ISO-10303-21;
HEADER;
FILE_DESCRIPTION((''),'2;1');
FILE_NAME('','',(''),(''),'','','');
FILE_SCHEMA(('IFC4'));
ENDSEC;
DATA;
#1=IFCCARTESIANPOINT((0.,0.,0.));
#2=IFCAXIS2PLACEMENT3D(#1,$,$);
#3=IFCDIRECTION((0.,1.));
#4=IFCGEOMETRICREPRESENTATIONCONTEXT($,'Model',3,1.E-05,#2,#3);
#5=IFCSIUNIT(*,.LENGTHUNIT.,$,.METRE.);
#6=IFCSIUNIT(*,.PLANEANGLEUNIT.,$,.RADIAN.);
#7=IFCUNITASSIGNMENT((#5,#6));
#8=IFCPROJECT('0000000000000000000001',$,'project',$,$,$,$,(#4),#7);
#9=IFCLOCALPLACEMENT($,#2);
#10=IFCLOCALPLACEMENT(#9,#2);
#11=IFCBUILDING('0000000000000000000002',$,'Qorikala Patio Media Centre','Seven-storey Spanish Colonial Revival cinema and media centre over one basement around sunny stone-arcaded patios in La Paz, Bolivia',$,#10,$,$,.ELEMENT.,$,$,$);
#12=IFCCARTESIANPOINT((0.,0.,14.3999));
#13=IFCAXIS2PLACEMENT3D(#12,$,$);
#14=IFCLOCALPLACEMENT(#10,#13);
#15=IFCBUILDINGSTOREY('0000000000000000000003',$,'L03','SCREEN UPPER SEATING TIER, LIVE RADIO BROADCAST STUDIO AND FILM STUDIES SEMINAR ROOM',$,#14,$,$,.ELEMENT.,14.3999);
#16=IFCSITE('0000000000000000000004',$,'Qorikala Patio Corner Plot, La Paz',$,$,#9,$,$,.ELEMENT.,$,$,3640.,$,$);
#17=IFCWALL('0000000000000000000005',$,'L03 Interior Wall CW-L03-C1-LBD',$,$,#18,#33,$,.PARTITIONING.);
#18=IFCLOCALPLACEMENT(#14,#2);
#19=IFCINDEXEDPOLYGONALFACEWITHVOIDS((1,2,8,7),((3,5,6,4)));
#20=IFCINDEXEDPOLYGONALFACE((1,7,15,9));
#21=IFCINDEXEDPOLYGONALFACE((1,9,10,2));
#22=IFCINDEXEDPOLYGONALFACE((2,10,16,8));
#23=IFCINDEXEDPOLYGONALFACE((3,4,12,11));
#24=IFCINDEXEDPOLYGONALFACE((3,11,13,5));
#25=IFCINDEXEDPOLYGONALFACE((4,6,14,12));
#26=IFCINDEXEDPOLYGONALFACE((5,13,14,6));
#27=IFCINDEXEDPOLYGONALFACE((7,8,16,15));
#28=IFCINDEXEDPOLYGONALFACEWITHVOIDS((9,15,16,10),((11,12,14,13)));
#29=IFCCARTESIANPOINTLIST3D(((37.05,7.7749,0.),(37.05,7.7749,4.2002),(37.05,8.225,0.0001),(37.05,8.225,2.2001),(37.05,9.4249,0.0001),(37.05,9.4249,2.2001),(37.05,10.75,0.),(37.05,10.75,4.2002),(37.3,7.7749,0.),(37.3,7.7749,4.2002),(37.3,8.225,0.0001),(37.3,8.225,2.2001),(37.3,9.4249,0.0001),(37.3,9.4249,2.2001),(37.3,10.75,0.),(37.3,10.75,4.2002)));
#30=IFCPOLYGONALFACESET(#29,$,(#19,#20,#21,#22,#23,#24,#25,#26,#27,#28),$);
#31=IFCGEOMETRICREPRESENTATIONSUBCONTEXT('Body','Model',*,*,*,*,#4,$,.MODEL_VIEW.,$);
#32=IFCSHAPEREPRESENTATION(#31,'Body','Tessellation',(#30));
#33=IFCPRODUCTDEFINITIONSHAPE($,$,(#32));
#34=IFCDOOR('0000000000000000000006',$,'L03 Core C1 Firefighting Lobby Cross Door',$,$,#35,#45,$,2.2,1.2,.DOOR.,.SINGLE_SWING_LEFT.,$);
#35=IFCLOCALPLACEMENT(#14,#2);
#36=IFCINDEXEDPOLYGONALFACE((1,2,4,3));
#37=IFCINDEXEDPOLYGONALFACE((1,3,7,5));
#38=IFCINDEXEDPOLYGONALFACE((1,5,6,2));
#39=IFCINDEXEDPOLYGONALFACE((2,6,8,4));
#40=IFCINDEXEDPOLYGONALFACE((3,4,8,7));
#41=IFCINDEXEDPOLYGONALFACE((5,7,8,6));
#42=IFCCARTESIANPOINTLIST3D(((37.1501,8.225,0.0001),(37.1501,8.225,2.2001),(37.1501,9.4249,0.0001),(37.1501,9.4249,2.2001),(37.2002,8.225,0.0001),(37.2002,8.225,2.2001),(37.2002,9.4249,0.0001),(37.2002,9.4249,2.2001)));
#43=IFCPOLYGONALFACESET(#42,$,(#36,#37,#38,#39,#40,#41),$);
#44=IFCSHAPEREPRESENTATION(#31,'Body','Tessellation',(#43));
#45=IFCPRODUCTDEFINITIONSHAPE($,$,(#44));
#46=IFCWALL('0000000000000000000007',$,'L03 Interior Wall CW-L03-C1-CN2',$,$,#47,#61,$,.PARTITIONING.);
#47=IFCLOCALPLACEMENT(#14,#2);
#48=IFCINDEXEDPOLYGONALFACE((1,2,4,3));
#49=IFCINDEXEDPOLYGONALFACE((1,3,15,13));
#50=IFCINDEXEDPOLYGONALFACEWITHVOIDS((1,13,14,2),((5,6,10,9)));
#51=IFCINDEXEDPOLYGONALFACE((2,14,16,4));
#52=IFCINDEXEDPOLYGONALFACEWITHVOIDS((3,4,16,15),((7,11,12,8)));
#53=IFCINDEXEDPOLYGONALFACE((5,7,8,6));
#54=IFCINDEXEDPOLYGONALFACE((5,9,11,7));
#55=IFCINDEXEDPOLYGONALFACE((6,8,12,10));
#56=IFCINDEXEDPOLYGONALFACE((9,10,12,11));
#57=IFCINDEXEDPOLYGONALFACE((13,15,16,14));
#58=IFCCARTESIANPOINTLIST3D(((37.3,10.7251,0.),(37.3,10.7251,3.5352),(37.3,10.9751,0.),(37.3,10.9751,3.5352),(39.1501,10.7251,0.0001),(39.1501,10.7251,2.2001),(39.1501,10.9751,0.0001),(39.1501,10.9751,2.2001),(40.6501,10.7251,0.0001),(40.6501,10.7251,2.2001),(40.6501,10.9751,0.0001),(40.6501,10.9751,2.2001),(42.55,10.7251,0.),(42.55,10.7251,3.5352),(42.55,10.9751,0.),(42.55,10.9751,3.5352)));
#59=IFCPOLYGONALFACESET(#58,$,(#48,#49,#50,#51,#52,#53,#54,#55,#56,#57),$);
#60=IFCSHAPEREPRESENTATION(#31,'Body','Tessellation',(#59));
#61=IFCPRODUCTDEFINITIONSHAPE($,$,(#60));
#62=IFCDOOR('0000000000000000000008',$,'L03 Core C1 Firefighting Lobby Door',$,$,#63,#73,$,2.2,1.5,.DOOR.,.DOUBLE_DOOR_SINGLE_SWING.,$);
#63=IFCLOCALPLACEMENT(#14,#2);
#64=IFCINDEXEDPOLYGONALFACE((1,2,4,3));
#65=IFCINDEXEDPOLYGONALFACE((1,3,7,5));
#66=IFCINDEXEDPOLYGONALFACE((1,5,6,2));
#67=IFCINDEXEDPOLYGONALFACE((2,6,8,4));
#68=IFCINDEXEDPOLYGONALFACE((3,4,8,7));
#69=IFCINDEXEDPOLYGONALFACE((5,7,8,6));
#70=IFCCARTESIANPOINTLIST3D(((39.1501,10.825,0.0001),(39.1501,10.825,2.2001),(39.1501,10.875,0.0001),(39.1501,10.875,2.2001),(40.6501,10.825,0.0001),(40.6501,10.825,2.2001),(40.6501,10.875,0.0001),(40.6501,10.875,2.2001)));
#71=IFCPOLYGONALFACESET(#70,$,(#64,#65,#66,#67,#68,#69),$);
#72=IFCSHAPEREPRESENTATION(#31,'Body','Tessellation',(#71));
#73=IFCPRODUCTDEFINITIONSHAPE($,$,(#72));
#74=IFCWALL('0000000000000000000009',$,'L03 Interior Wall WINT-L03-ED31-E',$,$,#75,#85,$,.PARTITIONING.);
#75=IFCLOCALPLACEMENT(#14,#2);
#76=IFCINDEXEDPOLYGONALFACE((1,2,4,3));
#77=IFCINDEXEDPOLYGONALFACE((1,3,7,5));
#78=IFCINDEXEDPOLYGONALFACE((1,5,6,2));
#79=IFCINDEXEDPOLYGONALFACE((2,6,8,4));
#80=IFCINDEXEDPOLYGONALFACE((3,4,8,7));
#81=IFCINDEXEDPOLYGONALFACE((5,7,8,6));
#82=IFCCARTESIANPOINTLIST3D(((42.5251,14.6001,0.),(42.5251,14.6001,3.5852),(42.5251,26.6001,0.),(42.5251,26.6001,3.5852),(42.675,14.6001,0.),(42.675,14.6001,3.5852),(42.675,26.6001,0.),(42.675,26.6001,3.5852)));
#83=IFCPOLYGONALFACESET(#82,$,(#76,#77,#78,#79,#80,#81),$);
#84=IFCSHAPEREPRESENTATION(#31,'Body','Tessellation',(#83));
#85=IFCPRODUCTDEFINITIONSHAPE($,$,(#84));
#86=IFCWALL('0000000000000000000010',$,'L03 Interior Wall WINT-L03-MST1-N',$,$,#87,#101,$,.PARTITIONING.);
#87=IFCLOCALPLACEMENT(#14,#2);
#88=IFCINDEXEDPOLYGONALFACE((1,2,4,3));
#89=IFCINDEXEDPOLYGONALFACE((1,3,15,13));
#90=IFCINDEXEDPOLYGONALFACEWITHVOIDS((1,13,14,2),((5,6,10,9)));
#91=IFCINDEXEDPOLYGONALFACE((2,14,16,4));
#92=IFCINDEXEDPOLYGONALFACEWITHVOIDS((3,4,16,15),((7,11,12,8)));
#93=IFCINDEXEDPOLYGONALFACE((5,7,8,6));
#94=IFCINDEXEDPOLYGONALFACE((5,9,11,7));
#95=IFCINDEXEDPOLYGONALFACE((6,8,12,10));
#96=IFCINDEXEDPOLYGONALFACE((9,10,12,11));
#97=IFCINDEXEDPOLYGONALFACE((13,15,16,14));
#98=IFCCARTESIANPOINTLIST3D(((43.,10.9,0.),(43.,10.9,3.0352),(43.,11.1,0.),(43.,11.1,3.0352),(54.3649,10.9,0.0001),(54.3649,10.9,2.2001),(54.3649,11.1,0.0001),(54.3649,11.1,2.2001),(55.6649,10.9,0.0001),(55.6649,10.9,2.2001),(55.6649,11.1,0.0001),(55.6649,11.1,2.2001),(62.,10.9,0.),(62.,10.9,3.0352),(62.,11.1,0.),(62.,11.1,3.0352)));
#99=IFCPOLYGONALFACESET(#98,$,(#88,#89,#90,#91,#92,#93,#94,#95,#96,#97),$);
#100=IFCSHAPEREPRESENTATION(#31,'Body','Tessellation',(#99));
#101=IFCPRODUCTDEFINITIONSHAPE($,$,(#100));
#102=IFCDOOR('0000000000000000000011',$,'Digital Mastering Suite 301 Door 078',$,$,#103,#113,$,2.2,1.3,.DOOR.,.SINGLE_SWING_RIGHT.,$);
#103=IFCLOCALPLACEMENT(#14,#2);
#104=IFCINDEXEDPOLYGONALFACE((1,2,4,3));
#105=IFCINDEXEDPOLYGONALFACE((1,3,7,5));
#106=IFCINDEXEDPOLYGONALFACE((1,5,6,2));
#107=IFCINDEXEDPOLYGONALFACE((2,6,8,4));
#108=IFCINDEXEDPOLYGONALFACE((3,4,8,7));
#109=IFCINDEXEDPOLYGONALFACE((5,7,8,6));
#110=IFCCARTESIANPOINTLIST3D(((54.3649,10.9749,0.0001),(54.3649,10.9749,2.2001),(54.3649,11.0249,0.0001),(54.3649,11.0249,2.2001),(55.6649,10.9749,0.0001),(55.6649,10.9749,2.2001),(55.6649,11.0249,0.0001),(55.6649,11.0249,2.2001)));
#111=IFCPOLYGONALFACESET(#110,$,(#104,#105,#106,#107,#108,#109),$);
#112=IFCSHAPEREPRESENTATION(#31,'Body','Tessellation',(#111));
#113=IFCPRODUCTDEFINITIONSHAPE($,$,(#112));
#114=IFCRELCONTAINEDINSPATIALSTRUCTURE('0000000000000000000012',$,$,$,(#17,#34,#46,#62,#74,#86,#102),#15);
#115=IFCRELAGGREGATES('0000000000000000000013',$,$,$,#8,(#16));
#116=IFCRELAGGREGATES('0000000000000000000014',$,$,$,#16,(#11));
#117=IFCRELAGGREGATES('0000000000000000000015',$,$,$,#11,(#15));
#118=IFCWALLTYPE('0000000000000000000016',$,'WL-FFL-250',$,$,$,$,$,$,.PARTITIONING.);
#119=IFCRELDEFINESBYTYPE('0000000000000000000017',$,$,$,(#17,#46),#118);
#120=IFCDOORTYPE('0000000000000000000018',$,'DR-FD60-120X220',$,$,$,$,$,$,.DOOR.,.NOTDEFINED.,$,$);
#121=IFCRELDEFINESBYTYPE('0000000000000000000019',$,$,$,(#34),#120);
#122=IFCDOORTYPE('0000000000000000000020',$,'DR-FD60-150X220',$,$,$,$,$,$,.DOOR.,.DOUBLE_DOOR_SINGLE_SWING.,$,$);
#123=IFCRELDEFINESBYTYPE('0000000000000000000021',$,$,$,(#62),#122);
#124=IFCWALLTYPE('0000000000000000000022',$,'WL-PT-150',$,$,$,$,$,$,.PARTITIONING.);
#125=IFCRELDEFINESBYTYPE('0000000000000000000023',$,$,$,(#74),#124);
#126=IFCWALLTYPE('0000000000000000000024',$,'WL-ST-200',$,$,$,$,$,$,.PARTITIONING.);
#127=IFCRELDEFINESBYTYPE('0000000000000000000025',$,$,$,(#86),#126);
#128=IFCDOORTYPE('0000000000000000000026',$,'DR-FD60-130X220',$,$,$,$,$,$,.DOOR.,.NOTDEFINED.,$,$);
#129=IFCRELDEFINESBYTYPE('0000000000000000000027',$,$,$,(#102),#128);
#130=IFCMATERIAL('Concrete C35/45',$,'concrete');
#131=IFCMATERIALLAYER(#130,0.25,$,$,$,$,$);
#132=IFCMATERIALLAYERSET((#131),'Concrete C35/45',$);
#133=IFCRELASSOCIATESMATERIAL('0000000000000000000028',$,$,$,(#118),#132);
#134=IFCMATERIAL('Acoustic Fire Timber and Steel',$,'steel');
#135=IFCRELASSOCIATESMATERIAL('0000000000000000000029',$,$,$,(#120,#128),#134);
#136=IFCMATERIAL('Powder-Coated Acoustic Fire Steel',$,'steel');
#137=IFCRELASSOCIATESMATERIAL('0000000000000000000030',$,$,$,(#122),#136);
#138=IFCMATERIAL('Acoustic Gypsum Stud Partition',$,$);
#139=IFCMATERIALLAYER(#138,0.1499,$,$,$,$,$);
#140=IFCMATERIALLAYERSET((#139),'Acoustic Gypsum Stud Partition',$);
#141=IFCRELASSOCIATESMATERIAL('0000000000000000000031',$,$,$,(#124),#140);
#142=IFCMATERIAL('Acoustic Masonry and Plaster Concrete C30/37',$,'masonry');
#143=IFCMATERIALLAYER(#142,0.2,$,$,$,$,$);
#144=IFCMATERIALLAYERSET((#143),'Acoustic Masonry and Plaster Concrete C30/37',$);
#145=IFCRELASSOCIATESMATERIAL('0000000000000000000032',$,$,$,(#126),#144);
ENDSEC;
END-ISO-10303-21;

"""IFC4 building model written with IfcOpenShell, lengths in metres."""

from ifc_helpers import new_model, si_unit, direction, frame, frame_2d, origin, place, context, subcontext, project, spatial, rectangle, extrude, material, layer, layer_set, type_object, element, fill, save


model = new_model("IFC4")

# Units and contexts
model_context = context("Model", 3, precision=1e-05, world=origin(), true_north=direction((0.0, 1.0)))
body_context = subcontext(model_context, "Body", "Model", "MODEL_VIEW")
ifc_project = project(units=[si_unit("LENGTHUNIT", "METRE"), si_unit("PLANEANGLEUNIT", "RADIAN")], contexts=[model_context])

# Site, building, storey
site_placement = place(None, origin())
site = spatial("IfcSite", under=ifc_project, at=site_placement, Name="Qorikala Patio Corner Plot, La Paz", CompositionType="ELEMENT", RefElevation=3640.0)
building_placement = place(site_placement, origin())
building = spatial("IfcBuilding", under=site, at=building_placement, Name="Qorikala Patio Media Centre", Description="Seven-storey Spanish Colonial Revival cinema and media centre over one basement around sunny stone-arcaded patios in La Paz, Bolivia", CompositionType="ELEMENT")
storey_placement = place(building_placement, frame((0.0, 0.0, 14.3999)))
storey = spatial("IfcBuildingStorey", under=building, at=storey_placement, Name="L03", Description="SCREEN UPPER SEATING TIER, LIVE RADIO BROADCAST STUDIO AND FILM STUDIES SEMINAR ROOM", CompositionType="ELEMENT", Elevation=14.3999)

# Shared definitions
ifc_material_1 = material(Name="Concrete C35/45", Category="concrete")

# Walls, openings, doors
ifc_layer_1 = layer(ifc_material_1, 0.25)
ifc_layer_set_1 = layer_set([ifc_layer_1], Name="Concrete C35/45")
wall_type_1 = type_object("IfcWallType", Name="WL-FFL-250", PredefinedType="PARTITIONING", material=ifc_layer_set_1)
wall_1_placement = place(storey_placement, frame((37.175, 7.7749, 0.0), z_axis=(0.0, 0.0, 1.0), x_axis=(0.0, 1.0, 0.0)))
wall_1 = element("IfcWall", 1, at=wall_1_placement, inside=storey, type_object=wall_type_1, Name="L03 Interior Wall CW-L03-C1-LBD", PredefinedType="PARTITIONING", context=body_context, shape_type="SweptSolid", body=[
    extrude(rectangle(XDim=2.9751, YDim=0.25, at=frame_2d((1.4875, 0.0))), origin(), (0.0, 0.0, 1.0), 4.2002),
])
opening_1_placement = place(wall_1_placement, frame((0.45, 0.0, 0.0)))
opening_1 = element("IfcOpeningElement", 2, at=opening_1_placement, cuts=wall_1, PredefinedType="OPENING", context=body_context, shape_type="SweptSolid", body=[
    extrude(rectangle(XDim=1.2, YDim=2.2, at=frame_2d((0.6001, 1.1001))), frame((0.0, 0.135, 0.0), z_axis=(0.0, -1.0, 0.0), x_axis=(1.0, 0.0, 0.0)), (0.0, 0.0, 1.0), 0.27),
])
ifc_material_2 = material(Name="Acoustic Fire Timber and Steel", Category="steel")
door_type_1 = type_object("IfcDoorType", Name="DR-FD60-120X220", OperationType="NOTDEFINED", PredefinedType="DOOR", material=ifc_material_2)
door_1_placement = place(opening_1_placement, origin())
door_1 = element("IfcDoor", 3, at=door_1_placement, inside=storey, type_object=door_type_1, Name="L03 Core C1 Firefighting Lobby Cross Door", OperationType="SINGLE_SWING_LEFT", OverallHeight=2.2, OverallWidth=1.2, PredefinedType="DOOR", context=body_context, shape_type="SweptSolid", body=[
    extrude(rectangle(XDim=1.2, YDim=2.2, at=frame_2d((0.6001, 1.1001))), frame((0.0, 0.0249, 0.0), z_axis=(0.0, -1.0, 0.0), x_axis=(1.0, 0.0, 0.0)), (0.0, 0.0, 1.0), 0.05),
])
fill(opening_1, door_1)
wall_2_placement = place(storey_placement, frame((37.3, 10.8501, 0.0), z_axis=(0.0, 0.0, 1.0), x_axis=(1.0, 0.0, 0.0)))
wall_2 = element("IfcWall", 4, at=wall_2_placement, inside=storey, type_object=wall_type_1, Name="L03 Interior Wall CW-L03-C1-CN2", PredefinedType="PARTITIONING", context=body_context, shape_type="SweptSolid", body=[
    extrude(rectangle(XDim=5.25, YDim=0.25, at=frame_2d((2.625, 0.0))), origin(), (0.0, 0.0, 1.0), 3.5352),
])
opening_2_placement = place(wall_2_placement, frame((1.8501, 0.0, 0.0)))
opening_2 = element("IfcOpeningElement", 5, at=opening_2_placement, cuts=wall_2, PredefinedType="OPENING", context=body_context, shape_type="SweptSolid", body=[
    extrude(rectangle(XDim=1.5, YDim=2.2, at=frame_2d((0.75, 1.1001))), frame((0.0, 0.135, 0.0), z_axis=(0.0, -1.0, 0.0), x_axis=(1.0, 0.0, 0.0)), (0.0, 0.0, 1.0), 0.27),
])
ifc_material_3 = material(Name="Powder-Coated Acoustic Fire Steel", Category="steel")
door_type_2 = type_object("IfcDoorType", Name="DR-FD60-150X220", OperationType="DOUBLE_DOOR_SINGLE_SWING", PredefinedType="DOOR", material=ifc_material_3)
door_2_placement = place(opening_2_placement, origin())
door_2 = element("IfcDoor", 6, at=door_2_placement, inside=storey, type_object=door_type_2, Name="L03 Core C1 Firefighting Lobby Door", OperationType="DOUBLE_DOOR_SINGLE_SWING", OverallHeight=2.2, OverallWidth=1.5, PredefinedType="DOOR", context=body_context, shape_type="SweptSolid", body=[
    extrude(rectangle(XDim=1.5, YDim=2.2, at=frame_2d((0.75, 1.1001))), frame((0.0, 0.0249, 0.0), z_axis=(0.0, -1.0, 0.0), x_axis=(1.0, 0.0, 0.0)), (0.0, 0.0, 1.0), 0.05),
])
fill(opening_2, door_2)

# Wall
ifc_material_4 = material(Name="Acoustic Gypsum Stud Partition")
ifc_layer_2 = layer(ifc_material_4, 0.1499)
ifc_layer_set_2 = layer_set([ifc_layer_2], Name="Acoustic Gypsum Stud Partition")
wall_type_2 = type_object("IfcWallType", Name="WL-PT-150", PredefinedType="PARTITIONING", material=ifc_layer_set_2)
wall_3_placement = place(storey_placement, frame((42.6001, 14.6001, 0.0), z_axis=(0.0, 0.0, 1.0), x_axis=(0.0, 1.0, 0.0)))
element("IfcWall", 7, at=wall_3_placement, inside=storey, type_object=wall_type_2, Name="L03 Interior Wall WINT-L03-ED31-E", PredefinedType="PARTITIONING", context=body_context, shape_type="SweptSolid", body=[
    extrude(rectangle(XDim=12.0, YDim=0.1499, at=frame_2d((6.0, 0.0))), origin(), (0.0, 0.0, 1.0), 3.5852),
])

# Wall, opening, door
ifc_material_5 = material(Name="Acoustic Masonry and Plaster Concrete C30/37", Category="masonry")
ifc_layer_3 = layer(ifc_material_5, 0.2)
ifc_layer_set_3 = layer_set([ifc_layer_3], Name="Acoustic Masonry and Plaster Concrete C30/37")
wall_type_3 = type_object("IfcWallType", Name="WL-ST-200", PredefinedType="PARTITIONING", material=ifc_layer_set_3)
wall_4_placement = place(storey_placement, frame((43.0, 11.0, 0.0), z_axis=(0.0, 0.0, 1.0), x_axis=(1.0, 0.0, 0.0)))
wall_4 = element("IfcWall", 8, at=wall_4_placement, inside=storey, type_object=wall_type_3, Name="L03 Interior Wall WINT-L03-MST1-N", PredefinedType="PARTITIONING", context=body_context, shape_type="SweptSolid", body=[
    extrude(rectangle(XDim=19.0, YDim=0.2, at=frame_2d((9.5, 0.0))), origin(), (0.0, 0.0, 1.0), 3.0352),
])
opening_3_placement = place(wall_4_placement, frame((11.365, 0.0, 0.0)))
opening_3 = element("IfcOpeningElement", 9, at=opening_3_placement, cuts=wall_4, PredefinedType="OPENING", context=body_context, shape_type="SweptSolid", body=[
    extrude(rectangle(XDim=1.3, YDim=2.2, at=frame_2d((0.6499, 1.1001))), frame((0.0, 0.1099, 0.0), z_axis=(0.0, -1.0, 0.0), x_axis=(1.0, 0.0, 0.0)), (0.0, 0.0, 1.0), 0.22),
])
door_type_3 = type_object("IfcDoorType", Name="DR-FD60-130X220", OperationType="NOTDEFINED", PredefinedType="DOOR", material=ifc_material_2)
door_3_placement = place(opening_3_placement, origin())
door_3 = element("IfcDoor", 10, at=door_3_placement, inside=storey, type_object=door_type_3, Name="Digital Mastering Suite 301 Door 078", OperationType="SINGLE_SWING_RIGHT", OverallHeight=2.2, OverallWidth=1.3, PredefinedType="DOOR", context=body_context, shape_type="SweptSolid", body=[
    extrude(rectangle(XDim=1.3, YDim=2.2, at=frame_2d((0.6499, 1.1001))), frame((0.0, 0.0249, 0.0), z_axis=(0.0, -1.0, 0.0), x_axis=(1.0, 0.0, 0.0)), (0.0, 0.0, 1.0), 0.05),
])
fill(opening_3, door_3)

save(model, "model.ifc")
